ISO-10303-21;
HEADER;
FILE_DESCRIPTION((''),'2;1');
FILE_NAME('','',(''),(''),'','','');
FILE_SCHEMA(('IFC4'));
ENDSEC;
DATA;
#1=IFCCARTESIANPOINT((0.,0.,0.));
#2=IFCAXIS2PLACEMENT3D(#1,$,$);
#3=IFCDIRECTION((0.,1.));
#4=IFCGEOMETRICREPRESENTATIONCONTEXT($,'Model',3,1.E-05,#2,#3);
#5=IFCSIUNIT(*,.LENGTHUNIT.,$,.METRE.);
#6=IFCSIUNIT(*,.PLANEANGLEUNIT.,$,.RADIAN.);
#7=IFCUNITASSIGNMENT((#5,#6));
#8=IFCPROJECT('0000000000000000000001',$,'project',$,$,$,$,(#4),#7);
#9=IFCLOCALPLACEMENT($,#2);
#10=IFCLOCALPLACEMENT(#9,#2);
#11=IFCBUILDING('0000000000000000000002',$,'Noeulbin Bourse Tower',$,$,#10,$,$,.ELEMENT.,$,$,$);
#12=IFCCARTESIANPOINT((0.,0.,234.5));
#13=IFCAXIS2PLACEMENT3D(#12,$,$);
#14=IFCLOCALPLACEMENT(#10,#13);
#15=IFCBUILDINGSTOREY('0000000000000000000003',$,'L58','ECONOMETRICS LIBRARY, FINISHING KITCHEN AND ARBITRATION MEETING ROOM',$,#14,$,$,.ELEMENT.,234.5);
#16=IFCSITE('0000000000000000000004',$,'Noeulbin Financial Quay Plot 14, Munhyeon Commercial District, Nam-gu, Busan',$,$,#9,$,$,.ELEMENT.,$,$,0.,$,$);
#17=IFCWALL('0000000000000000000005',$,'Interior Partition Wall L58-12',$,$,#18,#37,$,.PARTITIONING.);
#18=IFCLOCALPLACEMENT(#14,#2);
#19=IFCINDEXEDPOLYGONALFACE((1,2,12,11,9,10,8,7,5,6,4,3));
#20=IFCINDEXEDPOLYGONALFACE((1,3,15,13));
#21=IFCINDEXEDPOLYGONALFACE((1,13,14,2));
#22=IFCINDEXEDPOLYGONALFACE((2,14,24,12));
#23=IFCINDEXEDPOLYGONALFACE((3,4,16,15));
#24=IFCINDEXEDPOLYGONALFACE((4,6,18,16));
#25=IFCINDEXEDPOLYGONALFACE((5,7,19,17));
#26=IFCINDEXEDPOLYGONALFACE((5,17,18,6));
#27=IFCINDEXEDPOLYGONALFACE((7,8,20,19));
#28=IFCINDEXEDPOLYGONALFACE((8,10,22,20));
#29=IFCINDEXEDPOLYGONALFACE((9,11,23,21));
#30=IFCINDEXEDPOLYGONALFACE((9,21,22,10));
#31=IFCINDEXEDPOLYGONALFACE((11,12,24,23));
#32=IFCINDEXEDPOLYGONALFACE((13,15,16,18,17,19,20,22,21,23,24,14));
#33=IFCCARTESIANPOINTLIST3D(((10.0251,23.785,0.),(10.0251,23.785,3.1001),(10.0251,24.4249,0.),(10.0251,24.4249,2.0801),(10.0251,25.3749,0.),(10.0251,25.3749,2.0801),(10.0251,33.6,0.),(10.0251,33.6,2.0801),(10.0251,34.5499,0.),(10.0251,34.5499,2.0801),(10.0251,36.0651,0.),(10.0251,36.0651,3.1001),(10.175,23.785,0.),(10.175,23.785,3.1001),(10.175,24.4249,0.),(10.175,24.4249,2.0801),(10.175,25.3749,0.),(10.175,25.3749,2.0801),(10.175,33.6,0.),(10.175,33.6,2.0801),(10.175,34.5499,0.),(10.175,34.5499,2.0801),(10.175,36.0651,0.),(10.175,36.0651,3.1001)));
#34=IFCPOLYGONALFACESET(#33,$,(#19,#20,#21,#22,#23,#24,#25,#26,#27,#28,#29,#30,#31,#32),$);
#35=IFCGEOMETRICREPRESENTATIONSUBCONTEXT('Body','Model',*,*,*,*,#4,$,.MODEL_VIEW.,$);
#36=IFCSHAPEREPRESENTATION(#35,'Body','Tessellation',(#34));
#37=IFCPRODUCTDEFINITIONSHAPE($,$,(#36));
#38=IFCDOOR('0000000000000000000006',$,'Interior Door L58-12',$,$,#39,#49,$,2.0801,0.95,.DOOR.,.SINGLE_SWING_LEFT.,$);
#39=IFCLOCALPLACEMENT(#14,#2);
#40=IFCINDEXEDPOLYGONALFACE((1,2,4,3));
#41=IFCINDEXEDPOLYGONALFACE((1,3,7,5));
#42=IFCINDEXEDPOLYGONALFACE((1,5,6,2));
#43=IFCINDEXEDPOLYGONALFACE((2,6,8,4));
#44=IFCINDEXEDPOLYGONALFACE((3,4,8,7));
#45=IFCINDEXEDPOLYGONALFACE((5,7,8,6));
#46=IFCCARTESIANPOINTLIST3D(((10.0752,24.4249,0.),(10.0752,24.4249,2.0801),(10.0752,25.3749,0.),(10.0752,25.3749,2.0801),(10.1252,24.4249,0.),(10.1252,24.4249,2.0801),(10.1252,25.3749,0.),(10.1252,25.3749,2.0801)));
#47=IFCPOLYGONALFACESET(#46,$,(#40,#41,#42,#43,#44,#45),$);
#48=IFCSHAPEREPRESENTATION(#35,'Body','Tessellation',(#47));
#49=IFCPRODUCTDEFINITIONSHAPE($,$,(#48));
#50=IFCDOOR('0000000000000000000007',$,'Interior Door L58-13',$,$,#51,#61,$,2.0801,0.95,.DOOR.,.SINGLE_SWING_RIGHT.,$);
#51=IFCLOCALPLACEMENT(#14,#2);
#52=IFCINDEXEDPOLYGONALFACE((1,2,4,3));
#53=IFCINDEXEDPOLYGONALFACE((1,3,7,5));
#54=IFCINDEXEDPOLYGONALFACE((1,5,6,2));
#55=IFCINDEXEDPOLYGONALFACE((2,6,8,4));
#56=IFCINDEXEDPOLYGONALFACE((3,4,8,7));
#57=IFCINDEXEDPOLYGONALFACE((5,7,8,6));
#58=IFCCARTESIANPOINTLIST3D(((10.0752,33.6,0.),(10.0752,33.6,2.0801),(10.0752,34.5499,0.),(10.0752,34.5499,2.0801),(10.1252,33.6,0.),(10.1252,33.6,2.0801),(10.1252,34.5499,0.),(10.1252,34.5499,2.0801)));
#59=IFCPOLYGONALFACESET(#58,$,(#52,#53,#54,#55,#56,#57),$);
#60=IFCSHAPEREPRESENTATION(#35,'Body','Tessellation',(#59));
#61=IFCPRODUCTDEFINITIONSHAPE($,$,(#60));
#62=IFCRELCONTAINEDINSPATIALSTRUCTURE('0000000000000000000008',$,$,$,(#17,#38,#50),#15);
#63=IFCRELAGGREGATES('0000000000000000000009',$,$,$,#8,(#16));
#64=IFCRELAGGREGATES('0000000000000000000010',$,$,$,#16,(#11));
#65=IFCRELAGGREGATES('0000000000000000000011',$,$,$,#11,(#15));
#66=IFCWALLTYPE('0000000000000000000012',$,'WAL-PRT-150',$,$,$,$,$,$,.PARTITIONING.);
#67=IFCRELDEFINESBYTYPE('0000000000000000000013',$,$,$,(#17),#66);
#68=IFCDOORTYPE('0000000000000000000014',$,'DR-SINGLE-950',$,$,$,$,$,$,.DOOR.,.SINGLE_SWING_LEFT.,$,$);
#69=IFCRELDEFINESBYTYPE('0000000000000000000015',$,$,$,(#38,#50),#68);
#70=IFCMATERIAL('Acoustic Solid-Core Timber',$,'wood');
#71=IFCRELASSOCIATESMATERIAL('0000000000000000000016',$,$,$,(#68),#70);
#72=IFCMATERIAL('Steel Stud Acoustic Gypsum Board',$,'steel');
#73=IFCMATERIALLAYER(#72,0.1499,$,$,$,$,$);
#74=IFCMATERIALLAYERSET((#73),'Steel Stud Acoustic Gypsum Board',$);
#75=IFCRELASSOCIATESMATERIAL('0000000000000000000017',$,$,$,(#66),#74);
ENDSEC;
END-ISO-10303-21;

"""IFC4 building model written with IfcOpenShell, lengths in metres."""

from ifc_helpers import new_model, si_unit, direction, frame, frame_2d, origin, place, context, subcontext, project, spatial, rectangle, extrude, material, layer, layer_set, type_object, element, fill, save


model = new_model("IFC4")

# Units and contexts
model_context = context("Model", 3, precision=1e-05, world=origin(), true_north=direction((0.0, 1.0)))
body_context = subcontext(model_context, "Body", "Model", "MODEL_VIEW")
ifc_project = project(units=[si_unit("LENGTHUNIT", "METRE"), si_unit("PLANEANGLEUNIT", "RADIAN")], contexts=[model_context])

# Site, building, storey
site_placement = place(None, origin())
site = spatial("IfcSite", under=ifc_project, at=site_placement, Name="Noeulbin Financial Quay Plot 14, Munhyeon Commercial District, Nam-gu, Busan", CompositionType="ELEMENT", RefElevation=0.0)
building_placement = place(site_placement, origin())
building = spatial("IfcBuilding", under=site, at=building_placement, Name="Noeulbin Bourse Tower", CompositionType="ELEMENT")
storey_placement = place(building_placement, frame((0.0, 0.0, 234.5)))
storey = spatial("IfcBuildingStorey", under=building, at=storey_placement, Name="L58", Description="ECONOMETRICS LIBRARY, FINISHING KITCHEN AND ARBITRATION MEETING ROOM", CompositionType="ELEMENT", Elevation=234.5)

# Shared definitions
ifc_material_1 = material(Name="Acoustic Solid-Core Timber", Category="wood")
door_type_1 = type_object("IfcDoorType", Name="DR-SINGLE-950", OperationType="SINGLE_SWING_LEFT", PredefinedType="DOOR", material=ifc_material_1)

# Wall, openings, doors
ifc_material_2 = material(Name="Steel Stud Acoustic Gypsum Board", Category="steel")
ifc_layer_1 = layer(ifc_material_2, 0.1499)
ifc_layer_set_1 = layer_set([ifc_layer_1], Name="Steel Stud Acoustic Gypsum Board")
wall_type_1 = type_object("IfcWallType", Name="WAL-PRT-150", PredefinedType="PARTITIONING", material=ifc_layer_set_1)
wall_1_placement = place(storey_placement, frame((10.1001, 23.7849, 0.0), z_axis=(0.0, 0.0, 1.0), x_axis=(0.0, 1.0, 0.0)))
wall_1 = element("IfcWall", 1, at=wall_1_placement, inside=storey, type_object=wall_type_1, Name="Interior Partition Wall L58-12", PredefinedType="PARTITIONING", context=body_context, shape_type="SweptSolid", body=[
    extrude(rectangle(XDim=12.28, YDim=0.1499, at=frame_2d((6.1401, 0.0))), origin(), (0.0, 0.0, 1.0), 3.1001),
])
opening_1_placement = place(wall_1_placement, frame((0.6399, 0.0, 0.0)))
opening_1 = element("IfcOpeningElement", 2, at=opening_1_placement, cuts=wall_1, PredefinedType="OPENING", context=body_context, shape_type="SweptSolid", body=[
    extrude(rectangle(XDim=0.95, YDim=2.0801, at=frame_2d((0.4751, 1.04))), frame((0.0, 0.085, 0.0), z_axis=(0.0, -1.0, 0.0), x_axis=(1.0, 0.0, 0.0)), (0.0, 0.0, 1.0), 0.1699),
])
opening_2_placement = place(wall_1_placement, frame((9.8149, 0.0, 0.0)))
opening_2 = element("IfcOpeningElement", 3, at=opening_2_placement, cuts=wall_1, PredefinedType="OPENING", context=body_context, shape_type="SweptSolid", body=[
    extrude(rectangle(XDim=0.95, YDim=2.0801, at=frame_2d((0.4751, 1.04))), frame((0.0, 0.085, 0.0), z_axis=(0.0, -1.0, 0.0), x_axis=(1.0, 0.0, 0.0)), (0.0, 0.0, 1.0), 0.1699),
])
door_1_placement = place(opening_1_placement, origin())
door_1 = element("IfcDoor", 4, at=door_1_placement, inside=storey, type_object=door_type_1, Name="Interior Door L58-12", OperationType="SINGLE_SWING_LEFT", OverallHeight=2.0801, OverallWidth=0.95, PredefinedType="DOOR", context=body_context, shape_type="SweptSolid", body=[
    extrude(rectangle(XDim=0.95, YDim=2.0801, at=frame_2d((0.4751, 1.04))), frame((0.0, 0.0249, 0.0), z_axis=(0.0, -1.0, 0.0), x_axis=(1.0, 0.0, 0.0)), (0.0, 0.0, 1.0), 0.05),
])
fill(opening_1, door_1)
door_2_placement = place(opening_2_placement, origin())
door_2 = element("IfcDoor", 5, at=door_2_placement, inside=storey, type_object=door_type_1, Name="Interior Door L58-13", OperationType="SINGLE_SWING_RIGHT", OverallHeight=2.0801, OverallWidth=0.95, PredefinedType="DOOR", context=body_context, shape_type="SweptSolid", body=[
    extrude(rectangle(XDim=0.95, YDim=2.0801, at=frame_2d((0.4751, 1.04))), frame((0.0, 0.0249, 0.0), z_axis=(0.0, -1.0, 0.0), x_axis=(1.0, 0.0, 0.0)), (0.0, 0.0, 1.0), 0.05),
])
fill(opening_2, door_2)

save(model, "model.ifc")
